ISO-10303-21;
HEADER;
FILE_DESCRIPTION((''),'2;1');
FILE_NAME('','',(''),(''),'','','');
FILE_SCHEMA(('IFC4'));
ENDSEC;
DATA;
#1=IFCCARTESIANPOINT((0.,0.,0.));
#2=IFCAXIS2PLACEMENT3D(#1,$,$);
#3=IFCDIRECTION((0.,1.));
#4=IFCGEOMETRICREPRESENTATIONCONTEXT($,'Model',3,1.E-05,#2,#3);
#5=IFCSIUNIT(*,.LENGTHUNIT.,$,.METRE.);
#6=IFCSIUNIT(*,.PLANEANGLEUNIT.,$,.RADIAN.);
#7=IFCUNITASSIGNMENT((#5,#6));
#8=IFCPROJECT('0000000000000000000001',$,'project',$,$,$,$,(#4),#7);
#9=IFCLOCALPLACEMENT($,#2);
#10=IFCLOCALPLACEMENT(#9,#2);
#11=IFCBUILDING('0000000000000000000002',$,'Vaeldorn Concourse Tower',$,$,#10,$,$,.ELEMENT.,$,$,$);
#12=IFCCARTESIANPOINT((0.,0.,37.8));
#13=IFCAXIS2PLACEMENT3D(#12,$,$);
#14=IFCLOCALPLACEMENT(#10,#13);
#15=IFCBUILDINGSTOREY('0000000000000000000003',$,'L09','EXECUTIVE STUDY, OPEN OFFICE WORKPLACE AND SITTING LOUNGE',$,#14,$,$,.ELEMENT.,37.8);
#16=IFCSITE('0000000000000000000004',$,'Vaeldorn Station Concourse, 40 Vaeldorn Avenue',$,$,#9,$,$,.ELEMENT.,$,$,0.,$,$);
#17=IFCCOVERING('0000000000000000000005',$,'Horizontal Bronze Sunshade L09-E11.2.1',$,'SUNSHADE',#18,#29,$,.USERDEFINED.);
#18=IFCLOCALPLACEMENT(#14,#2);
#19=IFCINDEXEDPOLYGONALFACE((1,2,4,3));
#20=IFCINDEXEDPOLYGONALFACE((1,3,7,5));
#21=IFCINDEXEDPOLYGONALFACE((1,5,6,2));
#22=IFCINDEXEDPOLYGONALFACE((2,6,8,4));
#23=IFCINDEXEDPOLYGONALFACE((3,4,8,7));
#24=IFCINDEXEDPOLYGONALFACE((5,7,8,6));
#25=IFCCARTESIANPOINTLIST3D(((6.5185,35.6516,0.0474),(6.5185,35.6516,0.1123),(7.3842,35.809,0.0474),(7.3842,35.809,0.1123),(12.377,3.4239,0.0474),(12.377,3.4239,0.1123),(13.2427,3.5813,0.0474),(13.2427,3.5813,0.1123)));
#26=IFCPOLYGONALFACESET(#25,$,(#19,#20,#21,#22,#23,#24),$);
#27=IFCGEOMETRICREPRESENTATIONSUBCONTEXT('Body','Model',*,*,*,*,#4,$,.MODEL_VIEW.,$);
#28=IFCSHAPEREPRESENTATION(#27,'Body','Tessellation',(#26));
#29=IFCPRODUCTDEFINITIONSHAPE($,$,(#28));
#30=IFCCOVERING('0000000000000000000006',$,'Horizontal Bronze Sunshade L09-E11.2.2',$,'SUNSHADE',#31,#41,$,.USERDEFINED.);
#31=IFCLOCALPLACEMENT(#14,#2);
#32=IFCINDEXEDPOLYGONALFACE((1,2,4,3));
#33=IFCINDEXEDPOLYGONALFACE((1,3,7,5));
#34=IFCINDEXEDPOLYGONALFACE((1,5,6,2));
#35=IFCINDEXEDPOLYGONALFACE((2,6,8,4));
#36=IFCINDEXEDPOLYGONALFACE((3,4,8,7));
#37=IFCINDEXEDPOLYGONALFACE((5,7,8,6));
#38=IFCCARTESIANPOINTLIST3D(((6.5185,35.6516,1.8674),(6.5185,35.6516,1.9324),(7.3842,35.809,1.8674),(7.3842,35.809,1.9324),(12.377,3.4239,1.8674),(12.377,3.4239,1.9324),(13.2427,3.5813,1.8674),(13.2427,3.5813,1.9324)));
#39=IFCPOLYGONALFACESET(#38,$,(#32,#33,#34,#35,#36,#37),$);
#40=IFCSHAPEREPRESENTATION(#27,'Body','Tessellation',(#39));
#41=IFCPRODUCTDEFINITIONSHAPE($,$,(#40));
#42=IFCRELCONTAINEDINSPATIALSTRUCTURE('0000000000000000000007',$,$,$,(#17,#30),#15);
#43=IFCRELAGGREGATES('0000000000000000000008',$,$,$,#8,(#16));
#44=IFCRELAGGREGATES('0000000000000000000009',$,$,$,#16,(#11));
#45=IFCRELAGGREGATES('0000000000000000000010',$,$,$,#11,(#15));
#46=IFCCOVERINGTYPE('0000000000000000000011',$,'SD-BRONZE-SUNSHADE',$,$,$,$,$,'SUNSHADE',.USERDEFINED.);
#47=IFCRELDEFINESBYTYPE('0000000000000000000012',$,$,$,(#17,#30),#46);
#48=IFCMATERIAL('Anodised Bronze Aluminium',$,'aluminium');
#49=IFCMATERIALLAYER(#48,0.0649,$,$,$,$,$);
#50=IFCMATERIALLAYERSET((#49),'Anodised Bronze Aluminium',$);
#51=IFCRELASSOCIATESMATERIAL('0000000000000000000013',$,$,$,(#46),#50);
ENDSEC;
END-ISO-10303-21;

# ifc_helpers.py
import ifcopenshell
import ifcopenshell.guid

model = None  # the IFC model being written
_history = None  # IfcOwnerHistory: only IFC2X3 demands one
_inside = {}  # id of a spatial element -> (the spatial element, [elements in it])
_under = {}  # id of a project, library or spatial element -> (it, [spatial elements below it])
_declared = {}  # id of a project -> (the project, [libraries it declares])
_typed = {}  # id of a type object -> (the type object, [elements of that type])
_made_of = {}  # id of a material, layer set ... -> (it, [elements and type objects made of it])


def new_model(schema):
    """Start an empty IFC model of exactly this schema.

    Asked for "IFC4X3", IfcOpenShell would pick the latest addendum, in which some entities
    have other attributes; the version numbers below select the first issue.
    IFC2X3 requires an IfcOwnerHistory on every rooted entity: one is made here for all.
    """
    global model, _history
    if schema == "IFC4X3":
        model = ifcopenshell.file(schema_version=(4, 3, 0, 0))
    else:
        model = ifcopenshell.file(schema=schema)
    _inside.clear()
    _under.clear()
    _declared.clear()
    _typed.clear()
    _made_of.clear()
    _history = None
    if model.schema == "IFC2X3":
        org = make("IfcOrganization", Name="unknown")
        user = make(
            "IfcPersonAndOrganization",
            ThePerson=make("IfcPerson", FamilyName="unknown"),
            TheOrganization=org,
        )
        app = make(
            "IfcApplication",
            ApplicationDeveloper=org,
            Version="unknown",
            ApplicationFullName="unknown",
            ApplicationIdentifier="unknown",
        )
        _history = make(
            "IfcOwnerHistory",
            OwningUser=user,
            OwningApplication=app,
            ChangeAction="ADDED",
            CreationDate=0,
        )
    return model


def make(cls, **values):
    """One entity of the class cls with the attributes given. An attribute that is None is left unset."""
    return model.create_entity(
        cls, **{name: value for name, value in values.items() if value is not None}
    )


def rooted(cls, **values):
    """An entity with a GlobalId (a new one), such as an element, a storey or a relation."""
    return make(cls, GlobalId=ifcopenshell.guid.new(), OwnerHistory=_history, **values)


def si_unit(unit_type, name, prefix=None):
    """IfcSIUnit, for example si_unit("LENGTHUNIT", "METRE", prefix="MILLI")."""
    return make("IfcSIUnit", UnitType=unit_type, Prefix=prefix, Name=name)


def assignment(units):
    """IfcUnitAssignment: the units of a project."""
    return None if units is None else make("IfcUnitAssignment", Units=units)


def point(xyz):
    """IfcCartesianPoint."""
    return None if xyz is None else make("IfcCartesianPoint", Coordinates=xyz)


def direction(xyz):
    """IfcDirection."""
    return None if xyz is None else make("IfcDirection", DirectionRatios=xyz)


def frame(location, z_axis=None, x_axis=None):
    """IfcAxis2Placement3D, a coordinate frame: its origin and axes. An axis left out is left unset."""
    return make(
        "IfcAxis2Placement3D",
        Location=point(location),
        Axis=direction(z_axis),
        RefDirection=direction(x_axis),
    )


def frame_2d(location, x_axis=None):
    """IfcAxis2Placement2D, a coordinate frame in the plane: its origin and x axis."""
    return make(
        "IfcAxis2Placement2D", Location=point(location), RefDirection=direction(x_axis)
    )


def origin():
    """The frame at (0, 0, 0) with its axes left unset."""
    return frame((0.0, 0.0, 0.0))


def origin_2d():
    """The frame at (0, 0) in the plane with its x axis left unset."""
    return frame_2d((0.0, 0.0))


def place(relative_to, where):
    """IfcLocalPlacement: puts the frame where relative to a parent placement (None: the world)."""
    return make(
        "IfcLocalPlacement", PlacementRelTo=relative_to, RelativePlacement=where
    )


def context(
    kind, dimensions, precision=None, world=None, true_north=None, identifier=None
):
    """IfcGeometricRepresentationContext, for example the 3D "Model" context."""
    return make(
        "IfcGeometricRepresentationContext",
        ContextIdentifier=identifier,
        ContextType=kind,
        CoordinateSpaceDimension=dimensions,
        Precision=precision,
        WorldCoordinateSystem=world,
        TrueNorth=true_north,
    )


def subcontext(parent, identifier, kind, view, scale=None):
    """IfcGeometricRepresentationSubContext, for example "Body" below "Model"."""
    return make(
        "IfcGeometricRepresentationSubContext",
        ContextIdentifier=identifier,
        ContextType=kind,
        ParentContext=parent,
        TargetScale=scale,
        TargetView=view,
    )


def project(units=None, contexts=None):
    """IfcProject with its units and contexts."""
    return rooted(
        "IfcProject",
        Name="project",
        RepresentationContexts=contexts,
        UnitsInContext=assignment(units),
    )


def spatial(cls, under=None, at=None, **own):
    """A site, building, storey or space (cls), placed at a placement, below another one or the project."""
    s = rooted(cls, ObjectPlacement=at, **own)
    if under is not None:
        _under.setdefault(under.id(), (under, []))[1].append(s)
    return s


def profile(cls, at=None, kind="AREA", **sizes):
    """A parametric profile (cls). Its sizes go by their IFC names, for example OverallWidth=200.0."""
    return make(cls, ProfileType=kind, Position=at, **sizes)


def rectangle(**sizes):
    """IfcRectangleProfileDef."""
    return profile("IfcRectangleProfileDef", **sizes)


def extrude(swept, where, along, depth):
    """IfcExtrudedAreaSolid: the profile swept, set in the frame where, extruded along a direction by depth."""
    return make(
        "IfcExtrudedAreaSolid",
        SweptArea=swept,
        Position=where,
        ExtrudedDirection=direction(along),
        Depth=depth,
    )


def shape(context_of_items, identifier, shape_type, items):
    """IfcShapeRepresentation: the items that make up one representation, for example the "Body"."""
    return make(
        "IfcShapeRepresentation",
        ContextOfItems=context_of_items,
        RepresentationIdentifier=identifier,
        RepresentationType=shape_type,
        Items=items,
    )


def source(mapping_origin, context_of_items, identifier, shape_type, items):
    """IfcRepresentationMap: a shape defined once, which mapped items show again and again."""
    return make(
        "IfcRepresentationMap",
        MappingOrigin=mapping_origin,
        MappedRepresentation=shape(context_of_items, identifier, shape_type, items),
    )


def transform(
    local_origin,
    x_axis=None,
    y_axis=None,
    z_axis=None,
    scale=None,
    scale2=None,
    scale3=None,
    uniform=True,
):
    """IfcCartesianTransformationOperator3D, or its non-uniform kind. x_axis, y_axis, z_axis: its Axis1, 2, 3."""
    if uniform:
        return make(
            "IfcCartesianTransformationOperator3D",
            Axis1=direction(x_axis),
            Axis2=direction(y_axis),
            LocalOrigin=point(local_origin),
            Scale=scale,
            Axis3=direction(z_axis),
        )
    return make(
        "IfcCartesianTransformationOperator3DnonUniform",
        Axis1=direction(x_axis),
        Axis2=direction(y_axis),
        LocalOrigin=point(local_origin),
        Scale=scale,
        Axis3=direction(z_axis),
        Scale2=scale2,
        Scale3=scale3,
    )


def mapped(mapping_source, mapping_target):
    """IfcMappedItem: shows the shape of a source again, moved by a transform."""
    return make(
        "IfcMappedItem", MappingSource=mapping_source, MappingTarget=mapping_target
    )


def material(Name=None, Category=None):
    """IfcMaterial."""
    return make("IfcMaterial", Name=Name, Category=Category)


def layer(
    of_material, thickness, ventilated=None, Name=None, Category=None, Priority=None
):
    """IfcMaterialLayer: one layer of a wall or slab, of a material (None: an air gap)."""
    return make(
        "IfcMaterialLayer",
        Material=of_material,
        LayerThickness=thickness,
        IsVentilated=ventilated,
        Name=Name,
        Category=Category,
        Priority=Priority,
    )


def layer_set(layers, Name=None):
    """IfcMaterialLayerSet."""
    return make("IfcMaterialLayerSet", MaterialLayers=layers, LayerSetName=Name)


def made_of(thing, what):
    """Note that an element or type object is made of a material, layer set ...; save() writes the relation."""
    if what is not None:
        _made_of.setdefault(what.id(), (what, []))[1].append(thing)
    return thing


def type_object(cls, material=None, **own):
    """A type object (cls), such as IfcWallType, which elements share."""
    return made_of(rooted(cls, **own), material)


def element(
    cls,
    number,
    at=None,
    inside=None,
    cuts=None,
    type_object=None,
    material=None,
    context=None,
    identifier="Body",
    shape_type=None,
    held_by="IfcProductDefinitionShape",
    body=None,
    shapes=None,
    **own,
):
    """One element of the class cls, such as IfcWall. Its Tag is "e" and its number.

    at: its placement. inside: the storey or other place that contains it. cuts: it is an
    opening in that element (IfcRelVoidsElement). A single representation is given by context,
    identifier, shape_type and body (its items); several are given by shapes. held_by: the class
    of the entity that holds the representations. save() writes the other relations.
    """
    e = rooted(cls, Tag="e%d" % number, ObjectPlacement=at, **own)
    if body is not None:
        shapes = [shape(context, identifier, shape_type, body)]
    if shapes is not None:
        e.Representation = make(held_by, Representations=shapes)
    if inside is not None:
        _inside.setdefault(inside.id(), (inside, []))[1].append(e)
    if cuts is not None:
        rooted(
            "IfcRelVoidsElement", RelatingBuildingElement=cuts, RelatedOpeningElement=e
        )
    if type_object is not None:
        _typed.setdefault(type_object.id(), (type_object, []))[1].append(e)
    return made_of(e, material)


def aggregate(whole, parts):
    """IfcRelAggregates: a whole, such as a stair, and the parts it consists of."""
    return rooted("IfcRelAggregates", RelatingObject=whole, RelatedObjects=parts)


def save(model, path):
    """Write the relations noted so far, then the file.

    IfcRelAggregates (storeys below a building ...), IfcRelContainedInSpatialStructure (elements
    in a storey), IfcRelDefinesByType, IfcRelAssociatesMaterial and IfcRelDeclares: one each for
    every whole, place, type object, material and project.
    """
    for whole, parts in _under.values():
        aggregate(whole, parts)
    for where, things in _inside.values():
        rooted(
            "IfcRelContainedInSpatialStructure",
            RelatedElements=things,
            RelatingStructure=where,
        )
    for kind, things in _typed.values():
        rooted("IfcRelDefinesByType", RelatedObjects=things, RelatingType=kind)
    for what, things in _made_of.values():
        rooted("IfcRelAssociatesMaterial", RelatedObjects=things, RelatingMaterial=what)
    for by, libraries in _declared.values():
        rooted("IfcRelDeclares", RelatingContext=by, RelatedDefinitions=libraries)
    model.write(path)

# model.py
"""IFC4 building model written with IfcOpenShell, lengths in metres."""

from ifc_helpers import new_model, si_unit, direction, frame, origin, origin_2d, place, context, subcontext, project, spatial, rectangle, extrude, source, transform, mapped, material, layer, layer_set, type_object, element, save


model = new_model("IFC4")

# Units and contexts
model_context = context("Model", 3, precision=1e-05, world=origin(), true_north=direction((0.0, 1.0)))
body_context = subcontext(model_context, "Body", "Model", "MODEL_VIEW")
ifc_project = project(units=[si_unit("LENGTHUNIT", "METRE"), si_unit("PLANEANGLEUNIT", "RADIAN")], contexts=[model_context])

# Site, building, storey
site_placement = place(None, origin())
site = spatial("IfcSite", under=ifc_project, at=site_placement, Name="Vaeldorn Station Concourse, 40 Vaeldorn Avenue", CompositionType="ELEMENT", RefElevation=0.0)
building_placement = place(site_placement, origin())
building = spatial("IfcBuilding", under=site, at=building_placement, Name="Vaeldorn Concourse Tower", CompositionType="ELEMENT")
storey_placement = place(building_placement, frame((0.0, 0.0, 37.8)))
storey = spatial("IfcBuildingStorey", under=building, at=storey_placement, Name="L09", Description="EXECUTIVE STUDY, OPEN OFFICE WORKPLACE AND SITTING LOUNGE", CompositionType="ELEMENT", Elevation=37.8)

# Shared definitions
ifc_material_1 = material(Name="Anodised Bronze Aluminium", Category="aluminium")

# Coverings
ifc_layer_1 = layer(ifc_material_1, 0.0649)
ifc_layer_set_1 = layer_set([ifc_layer_1], Name="Anodised Bronze Aluminium")
covering_type = type_object("IfcCoveringType", Name="SD-BRONZE-SUNSHADE", ElementType="SUNSHADE", PredefinedType="USERDEFINED", material=ifc_layer_set_1)
shared_shape_1 = source(origin(), body_context, "Body", "SweptSolid", [
    extrude(rectangle(XDim=32.7559, YDim=0.8799, at=origin_2d()), origin(), (0.0, 0.0, 1.0), 0.0649),
])
for number, where, z_axis, x_axis, name in (
    (1, (9.8806, 19.6165, 0.0474), (0.0, 0.0, 1.0), (0.178854, -0.983876, 0.0), "Horizontal Bronze Sunshade L09-E11.2.1"),
    (2, (9.8806, 19.6165, 1.8674), (0.0, 0.0, 1.0), (0.178854, -0.983876, 0.0), "Horizontal Bronze Sunshade L09-E11.2.2"),
):
    element("IfcCovering", number, at=place(storey_placement, frame(where, z_axis=z_axis, x_axis=x_axis)), inside=storey, type_object=covering_type, Name=name, ObjectType="SUNSHADE", PredefinedType="USERDEFINED", context=body_context, shape_type="MappedRepresentation", body=[
        mapped(shared_shape_1, transform((0.0, 0.0, 0.0), scale=1.0)),
    ])

save(model, "model.ifc")
